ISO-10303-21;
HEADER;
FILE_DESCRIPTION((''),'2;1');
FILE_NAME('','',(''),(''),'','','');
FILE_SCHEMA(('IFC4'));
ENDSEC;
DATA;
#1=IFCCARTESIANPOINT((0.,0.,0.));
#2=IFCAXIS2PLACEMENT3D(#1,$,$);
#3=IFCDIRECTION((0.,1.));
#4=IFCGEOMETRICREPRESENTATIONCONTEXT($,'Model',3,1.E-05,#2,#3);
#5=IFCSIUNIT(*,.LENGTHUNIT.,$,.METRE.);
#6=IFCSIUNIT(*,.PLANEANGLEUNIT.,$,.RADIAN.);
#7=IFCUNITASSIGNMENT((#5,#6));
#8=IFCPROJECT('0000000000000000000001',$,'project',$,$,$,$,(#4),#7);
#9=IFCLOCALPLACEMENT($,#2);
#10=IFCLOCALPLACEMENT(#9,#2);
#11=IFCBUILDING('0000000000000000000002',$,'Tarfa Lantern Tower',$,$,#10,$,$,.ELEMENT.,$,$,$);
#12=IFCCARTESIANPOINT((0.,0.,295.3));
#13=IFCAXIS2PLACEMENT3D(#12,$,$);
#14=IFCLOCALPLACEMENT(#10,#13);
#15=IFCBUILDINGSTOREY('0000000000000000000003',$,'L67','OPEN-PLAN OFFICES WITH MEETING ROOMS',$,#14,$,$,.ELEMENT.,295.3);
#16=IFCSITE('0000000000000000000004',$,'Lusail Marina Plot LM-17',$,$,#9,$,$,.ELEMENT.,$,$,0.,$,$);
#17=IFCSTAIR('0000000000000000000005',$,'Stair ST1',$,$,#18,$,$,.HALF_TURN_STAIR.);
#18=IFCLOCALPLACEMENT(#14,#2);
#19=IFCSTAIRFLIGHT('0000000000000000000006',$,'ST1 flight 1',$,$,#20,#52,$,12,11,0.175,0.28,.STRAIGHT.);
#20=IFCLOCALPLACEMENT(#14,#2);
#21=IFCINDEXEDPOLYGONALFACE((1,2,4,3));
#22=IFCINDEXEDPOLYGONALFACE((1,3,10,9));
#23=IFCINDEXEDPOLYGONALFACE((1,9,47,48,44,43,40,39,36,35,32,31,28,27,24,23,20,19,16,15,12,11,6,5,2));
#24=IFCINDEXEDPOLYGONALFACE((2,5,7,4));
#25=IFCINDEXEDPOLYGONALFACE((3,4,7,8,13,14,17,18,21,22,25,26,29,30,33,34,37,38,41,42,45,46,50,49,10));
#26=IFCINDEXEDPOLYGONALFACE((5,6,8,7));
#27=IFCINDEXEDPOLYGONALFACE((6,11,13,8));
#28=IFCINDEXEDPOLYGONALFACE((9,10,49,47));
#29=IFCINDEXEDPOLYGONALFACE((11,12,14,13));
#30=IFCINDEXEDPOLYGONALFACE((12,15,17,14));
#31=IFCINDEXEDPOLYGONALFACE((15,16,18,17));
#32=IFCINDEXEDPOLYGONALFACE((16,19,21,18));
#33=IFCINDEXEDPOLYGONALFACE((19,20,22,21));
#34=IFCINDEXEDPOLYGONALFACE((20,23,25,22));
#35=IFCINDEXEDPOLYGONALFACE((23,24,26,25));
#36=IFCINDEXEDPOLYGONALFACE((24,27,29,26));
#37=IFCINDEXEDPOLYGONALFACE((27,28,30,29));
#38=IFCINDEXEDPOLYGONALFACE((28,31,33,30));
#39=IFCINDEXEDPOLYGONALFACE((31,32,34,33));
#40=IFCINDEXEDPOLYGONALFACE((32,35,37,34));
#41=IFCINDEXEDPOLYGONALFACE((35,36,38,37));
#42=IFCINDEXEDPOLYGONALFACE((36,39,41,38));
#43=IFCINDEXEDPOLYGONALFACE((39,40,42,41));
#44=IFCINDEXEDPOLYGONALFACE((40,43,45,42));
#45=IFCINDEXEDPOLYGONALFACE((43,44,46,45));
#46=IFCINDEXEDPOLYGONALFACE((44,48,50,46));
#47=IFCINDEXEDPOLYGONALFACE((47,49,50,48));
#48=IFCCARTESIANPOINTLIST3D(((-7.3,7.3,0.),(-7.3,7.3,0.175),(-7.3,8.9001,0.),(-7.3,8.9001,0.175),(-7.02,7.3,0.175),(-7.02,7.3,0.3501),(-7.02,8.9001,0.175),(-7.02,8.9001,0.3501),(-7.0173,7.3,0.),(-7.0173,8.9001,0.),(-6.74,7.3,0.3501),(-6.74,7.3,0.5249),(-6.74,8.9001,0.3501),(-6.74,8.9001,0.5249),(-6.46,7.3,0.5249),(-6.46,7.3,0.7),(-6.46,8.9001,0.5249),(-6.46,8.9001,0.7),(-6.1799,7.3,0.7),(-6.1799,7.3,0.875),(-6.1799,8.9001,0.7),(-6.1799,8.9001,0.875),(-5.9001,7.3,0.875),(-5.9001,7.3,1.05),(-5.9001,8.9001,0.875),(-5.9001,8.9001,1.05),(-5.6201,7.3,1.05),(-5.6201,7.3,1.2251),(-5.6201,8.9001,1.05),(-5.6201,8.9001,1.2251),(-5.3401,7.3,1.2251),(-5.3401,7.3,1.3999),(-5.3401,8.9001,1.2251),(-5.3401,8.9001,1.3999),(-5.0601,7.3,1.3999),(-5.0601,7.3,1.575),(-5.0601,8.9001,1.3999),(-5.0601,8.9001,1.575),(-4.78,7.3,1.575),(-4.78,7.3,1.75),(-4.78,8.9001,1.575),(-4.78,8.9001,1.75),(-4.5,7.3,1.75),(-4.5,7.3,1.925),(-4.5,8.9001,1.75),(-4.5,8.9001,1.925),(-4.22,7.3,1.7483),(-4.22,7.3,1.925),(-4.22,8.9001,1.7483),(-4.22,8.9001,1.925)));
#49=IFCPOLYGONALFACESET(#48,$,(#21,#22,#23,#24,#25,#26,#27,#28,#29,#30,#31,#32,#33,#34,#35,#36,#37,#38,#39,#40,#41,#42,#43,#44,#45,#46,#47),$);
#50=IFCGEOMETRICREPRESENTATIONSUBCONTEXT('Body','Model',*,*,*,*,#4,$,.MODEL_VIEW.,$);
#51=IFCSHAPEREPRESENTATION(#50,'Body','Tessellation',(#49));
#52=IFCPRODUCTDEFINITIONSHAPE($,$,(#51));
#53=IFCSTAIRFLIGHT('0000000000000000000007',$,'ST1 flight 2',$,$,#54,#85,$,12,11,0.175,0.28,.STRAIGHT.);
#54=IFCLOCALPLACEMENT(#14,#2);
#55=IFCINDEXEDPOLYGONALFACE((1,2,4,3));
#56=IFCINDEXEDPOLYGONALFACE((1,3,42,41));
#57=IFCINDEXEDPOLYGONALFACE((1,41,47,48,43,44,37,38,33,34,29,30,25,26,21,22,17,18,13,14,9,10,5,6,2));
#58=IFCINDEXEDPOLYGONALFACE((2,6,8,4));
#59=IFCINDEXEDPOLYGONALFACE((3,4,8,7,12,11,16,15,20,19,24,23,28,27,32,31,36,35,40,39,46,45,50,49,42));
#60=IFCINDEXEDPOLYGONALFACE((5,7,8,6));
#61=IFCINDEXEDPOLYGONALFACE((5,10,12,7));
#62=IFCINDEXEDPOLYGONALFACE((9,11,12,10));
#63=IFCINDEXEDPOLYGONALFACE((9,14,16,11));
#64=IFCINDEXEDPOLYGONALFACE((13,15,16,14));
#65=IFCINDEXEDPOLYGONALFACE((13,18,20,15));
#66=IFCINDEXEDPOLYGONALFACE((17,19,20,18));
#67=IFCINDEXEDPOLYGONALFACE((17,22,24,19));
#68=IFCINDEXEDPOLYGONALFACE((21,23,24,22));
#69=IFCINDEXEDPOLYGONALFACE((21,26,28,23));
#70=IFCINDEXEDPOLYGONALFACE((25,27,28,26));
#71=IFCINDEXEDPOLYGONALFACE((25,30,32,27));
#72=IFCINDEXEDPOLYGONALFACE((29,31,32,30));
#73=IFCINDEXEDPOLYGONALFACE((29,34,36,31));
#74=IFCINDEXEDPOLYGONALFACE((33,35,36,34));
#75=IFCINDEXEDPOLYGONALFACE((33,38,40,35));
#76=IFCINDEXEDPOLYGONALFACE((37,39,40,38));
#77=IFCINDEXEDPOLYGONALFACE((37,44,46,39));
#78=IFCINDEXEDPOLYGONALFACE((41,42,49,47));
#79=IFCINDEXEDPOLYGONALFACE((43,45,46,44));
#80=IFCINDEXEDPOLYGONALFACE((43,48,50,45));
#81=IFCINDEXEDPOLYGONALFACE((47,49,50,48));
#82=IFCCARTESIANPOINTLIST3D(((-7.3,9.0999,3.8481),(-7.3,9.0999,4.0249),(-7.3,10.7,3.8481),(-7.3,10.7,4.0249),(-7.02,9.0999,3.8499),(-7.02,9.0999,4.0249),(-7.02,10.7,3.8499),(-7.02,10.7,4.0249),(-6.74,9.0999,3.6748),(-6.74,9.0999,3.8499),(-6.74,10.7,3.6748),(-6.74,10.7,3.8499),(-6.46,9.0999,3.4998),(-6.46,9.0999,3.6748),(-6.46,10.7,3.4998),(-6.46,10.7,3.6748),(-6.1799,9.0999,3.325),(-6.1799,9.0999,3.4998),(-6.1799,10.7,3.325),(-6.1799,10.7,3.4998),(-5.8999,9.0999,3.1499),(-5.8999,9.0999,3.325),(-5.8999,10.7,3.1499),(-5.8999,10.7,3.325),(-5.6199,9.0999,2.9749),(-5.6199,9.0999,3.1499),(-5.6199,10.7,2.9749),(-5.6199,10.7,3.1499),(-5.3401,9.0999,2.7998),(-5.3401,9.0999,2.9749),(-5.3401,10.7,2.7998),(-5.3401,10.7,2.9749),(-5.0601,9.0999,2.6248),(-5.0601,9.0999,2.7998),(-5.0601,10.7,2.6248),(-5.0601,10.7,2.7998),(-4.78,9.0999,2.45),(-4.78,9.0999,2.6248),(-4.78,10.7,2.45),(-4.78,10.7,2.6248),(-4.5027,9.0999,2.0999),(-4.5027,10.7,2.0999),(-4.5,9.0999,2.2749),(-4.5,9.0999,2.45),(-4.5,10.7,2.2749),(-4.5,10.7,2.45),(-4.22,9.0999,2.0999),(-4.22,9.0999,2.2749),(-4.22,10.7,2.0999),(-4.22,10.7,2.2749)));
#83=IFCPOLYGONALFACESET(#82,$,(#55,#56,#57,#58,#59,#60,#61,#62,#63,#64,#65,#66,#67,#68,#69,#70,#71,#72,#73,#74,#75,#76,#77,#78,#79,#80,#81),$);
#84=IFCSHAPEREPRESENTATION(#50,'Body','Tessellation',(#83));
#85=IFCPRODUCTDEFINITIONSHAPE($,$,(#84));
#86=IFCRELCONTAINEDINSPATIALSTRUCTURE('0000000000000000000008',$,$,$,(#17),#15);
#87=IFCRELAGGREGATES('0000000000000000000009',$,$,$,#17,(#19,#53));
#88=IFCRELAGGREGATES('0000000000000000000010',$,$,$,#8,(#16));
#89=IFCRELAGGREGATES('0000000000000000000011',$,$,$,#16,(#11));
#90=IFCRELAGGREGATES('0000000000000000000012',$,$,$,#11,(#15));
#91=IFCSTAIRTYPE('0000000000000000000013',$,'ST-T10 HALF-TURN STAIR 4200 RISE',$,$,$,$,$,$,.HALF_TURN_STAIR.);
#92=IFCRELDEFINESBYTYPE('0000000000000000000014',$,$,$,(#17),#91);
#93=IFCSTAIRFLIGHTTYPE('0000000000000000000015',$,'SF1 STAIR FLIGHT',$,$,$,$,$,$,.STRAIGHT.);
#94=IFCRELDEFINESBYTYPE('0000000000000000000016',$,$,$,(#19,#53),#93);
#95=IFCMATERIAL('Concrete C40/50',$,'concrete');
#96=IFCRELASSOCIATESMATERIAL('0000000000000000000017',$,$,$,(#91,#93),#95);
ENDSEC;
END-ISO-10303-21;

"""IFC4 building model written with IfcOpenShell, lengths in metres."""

from ifc_helpers import new_model, si_unit, direction, frame, origin, place, context, subcontext, project, spatial, polyline, outline, extrude, material, type_object, element, aggregate, save


model = new_model("IFC4")

# Units and contexts
model_context = context("Model", 3, precision=1e-05, world=origin(), true_north=direction((0.0, 1.0)))
body_context = subcontext(model_context, "Body", "Model", "MODEL_VIEW")
ifc_project = project(units=[si_unit("LENGTHUNIT", "METRE"), si_unit("PLANEANGLEUNIT", "RADIAN")], contexts=[model_context])

# Site, building, storey
site_placement = place(None, origin())
site = spatial("IfcSite", under=ifc_project, at=site_placement, Name="Lusail Marina Plot LM-17", CompositionType="ELEMENT", RefElevation=0.0)
building_placement = place(site_placement, origin())
building = spatial("IfcBuilding", under=site, at=building_placement, Name="Tarfa Lantern Tower", CompositionType="ELEMENT")
storey_placement = place(building_placement, frame((0.0, 0.0, 295.3)))
storey = spatial("IfcBuildingStorey", under=building, at=storey_placement, Name="L67", Description="OPEN-PLAN OFFICES WITH MEETING ROOMS", CompositionType="ELEMENT", Elevation=295.3)

# Stair, stair flights
ifc_material_1 = material(Name="Concrete C40/50", Category="concrete")
stair_type = type_object("IfcStairType", Name="ST-T10 HALF-TURN STAIR 4200 RISE", PredefinedType="HALF_TURN_STAIR", material=ifc_material_1)
stair_placement = place(storey_placement, origin())
stair = element("IfcStair", 1, at=stair_placement, inside=storey, type_object=stair_type, Name="Stair ST1", PredefinedType="HALF_TURN_STAIR")
stair_flight_type = type_object("IfcStairFlightType", Name="SF1 STAIR FLIGHT", PredefinedType="STRAIGHT", material=ifc_material_1)
stair_flight_1_placement = place(storey_placement, frame((-7.3, 8.1001, 0.0), z_axis=(0.0, 0.0, 1.0), x_axis=(1.0, 0.0, 0.0)))
stair_flight_1 = element("IfcStairFlight", 2, at=stair_flight_1_placement, type_object=stair_flight_type, Name="ST1 flight 1", NumberOfRisers=12, NumberOfTreads=11, PredefinedType="STRAIGHT", RiserHeight=0.175, TreadLength=0.28, context=body_context, shape_type="SweptSolid", body=[
    extrude(outline(polyline([(0.0, 0.0), (0.0, 0.175), (0.28, 0.175), (0.28, 0.3501), (0.5601, 0.3501), (0.5601, 0.5249), (0.8401, 0.5249), (0.8401, 0.7), (1.1201, 0.7), (1.1201, 0.875), (1.3999, 0.875), (1.3999, 1.05), (1.6799, 1.05), (1.6799, 1.2251), (1.96, 1.2251), (1.96, 1.3999), (2.24, 1.3999), (2.24, 1.575), (2.52, 1.575), (2.52, 1.75), (2.8, 1.75), (2.8, 1.925), (3.0801, 1.925), (3.0801, 2.1001), (3.0801, 1.7483), (0.2827, 0.0), (0.0, 0.0)])), frame((0.0, 0.8, 0.0), z_axis=(0.0, -1.0, 0.0), x_axis=(1.0, 0.0, 0.0)), (0.0, 0.0, 1.0), 1.6001),
])
stair_flight_2_placement = place(storey_placement, frame((-4.22, 9.8999, 2.0999), z_axis=(0.0, 0.0, 1.0), x_axis=(-1.0, 0.0, 0.0)))
stair_flight_2 = element("IfcStairFlight", 3, at=stair_flight_2_placement, type_object=stair_flight_type, Name="ST1 flight 2", NumberOfRisers=12, NumberOfTreads=11, PredefinedType="STRAIGHT", RiserHeight=0.175, TreadLength=0.28, context=body_context, shape_type="SweptSolid", body=[
    extrude(outline(polyline([(0.0, 0.0), (0.0, 0.175), (0.28, 0.175), (0.28, 0.3501), (0.5601, 0.3501), (0.5601, 0.5249), (0.8401, 0.5249), (0.8401, 0.7), (1.1201, 0.7), (1.1201, 0.875), (1.3999, 0.875), (1.3999, 1.05), (1.6799, 1.05), (1.6799, 1.2251), (1.96, 1.2251), (1.96, 1.3999), (2.24, 1.3999), (2.24, 1.575), (2.52, 1.575), (2.52, 1.75), (2.8, 1.75), (2.8, 1.925), (3.0801, 1.925), (3.0801, 2.1001), (3.0801, 1.7483), (0.2827, 0.0), (0.0, 0.0)])), frame((0.0, 0.8, 0.0), z_axis=(0.0, -1.0, 0.0), x_axis=(1.0, 0.0, 0.0)), (0.0, 0.0, 1.0), 1.6001),
])
aggregate(stair, [stair_flight_1, stair_flight_2])

save(model, "model.ifc")
